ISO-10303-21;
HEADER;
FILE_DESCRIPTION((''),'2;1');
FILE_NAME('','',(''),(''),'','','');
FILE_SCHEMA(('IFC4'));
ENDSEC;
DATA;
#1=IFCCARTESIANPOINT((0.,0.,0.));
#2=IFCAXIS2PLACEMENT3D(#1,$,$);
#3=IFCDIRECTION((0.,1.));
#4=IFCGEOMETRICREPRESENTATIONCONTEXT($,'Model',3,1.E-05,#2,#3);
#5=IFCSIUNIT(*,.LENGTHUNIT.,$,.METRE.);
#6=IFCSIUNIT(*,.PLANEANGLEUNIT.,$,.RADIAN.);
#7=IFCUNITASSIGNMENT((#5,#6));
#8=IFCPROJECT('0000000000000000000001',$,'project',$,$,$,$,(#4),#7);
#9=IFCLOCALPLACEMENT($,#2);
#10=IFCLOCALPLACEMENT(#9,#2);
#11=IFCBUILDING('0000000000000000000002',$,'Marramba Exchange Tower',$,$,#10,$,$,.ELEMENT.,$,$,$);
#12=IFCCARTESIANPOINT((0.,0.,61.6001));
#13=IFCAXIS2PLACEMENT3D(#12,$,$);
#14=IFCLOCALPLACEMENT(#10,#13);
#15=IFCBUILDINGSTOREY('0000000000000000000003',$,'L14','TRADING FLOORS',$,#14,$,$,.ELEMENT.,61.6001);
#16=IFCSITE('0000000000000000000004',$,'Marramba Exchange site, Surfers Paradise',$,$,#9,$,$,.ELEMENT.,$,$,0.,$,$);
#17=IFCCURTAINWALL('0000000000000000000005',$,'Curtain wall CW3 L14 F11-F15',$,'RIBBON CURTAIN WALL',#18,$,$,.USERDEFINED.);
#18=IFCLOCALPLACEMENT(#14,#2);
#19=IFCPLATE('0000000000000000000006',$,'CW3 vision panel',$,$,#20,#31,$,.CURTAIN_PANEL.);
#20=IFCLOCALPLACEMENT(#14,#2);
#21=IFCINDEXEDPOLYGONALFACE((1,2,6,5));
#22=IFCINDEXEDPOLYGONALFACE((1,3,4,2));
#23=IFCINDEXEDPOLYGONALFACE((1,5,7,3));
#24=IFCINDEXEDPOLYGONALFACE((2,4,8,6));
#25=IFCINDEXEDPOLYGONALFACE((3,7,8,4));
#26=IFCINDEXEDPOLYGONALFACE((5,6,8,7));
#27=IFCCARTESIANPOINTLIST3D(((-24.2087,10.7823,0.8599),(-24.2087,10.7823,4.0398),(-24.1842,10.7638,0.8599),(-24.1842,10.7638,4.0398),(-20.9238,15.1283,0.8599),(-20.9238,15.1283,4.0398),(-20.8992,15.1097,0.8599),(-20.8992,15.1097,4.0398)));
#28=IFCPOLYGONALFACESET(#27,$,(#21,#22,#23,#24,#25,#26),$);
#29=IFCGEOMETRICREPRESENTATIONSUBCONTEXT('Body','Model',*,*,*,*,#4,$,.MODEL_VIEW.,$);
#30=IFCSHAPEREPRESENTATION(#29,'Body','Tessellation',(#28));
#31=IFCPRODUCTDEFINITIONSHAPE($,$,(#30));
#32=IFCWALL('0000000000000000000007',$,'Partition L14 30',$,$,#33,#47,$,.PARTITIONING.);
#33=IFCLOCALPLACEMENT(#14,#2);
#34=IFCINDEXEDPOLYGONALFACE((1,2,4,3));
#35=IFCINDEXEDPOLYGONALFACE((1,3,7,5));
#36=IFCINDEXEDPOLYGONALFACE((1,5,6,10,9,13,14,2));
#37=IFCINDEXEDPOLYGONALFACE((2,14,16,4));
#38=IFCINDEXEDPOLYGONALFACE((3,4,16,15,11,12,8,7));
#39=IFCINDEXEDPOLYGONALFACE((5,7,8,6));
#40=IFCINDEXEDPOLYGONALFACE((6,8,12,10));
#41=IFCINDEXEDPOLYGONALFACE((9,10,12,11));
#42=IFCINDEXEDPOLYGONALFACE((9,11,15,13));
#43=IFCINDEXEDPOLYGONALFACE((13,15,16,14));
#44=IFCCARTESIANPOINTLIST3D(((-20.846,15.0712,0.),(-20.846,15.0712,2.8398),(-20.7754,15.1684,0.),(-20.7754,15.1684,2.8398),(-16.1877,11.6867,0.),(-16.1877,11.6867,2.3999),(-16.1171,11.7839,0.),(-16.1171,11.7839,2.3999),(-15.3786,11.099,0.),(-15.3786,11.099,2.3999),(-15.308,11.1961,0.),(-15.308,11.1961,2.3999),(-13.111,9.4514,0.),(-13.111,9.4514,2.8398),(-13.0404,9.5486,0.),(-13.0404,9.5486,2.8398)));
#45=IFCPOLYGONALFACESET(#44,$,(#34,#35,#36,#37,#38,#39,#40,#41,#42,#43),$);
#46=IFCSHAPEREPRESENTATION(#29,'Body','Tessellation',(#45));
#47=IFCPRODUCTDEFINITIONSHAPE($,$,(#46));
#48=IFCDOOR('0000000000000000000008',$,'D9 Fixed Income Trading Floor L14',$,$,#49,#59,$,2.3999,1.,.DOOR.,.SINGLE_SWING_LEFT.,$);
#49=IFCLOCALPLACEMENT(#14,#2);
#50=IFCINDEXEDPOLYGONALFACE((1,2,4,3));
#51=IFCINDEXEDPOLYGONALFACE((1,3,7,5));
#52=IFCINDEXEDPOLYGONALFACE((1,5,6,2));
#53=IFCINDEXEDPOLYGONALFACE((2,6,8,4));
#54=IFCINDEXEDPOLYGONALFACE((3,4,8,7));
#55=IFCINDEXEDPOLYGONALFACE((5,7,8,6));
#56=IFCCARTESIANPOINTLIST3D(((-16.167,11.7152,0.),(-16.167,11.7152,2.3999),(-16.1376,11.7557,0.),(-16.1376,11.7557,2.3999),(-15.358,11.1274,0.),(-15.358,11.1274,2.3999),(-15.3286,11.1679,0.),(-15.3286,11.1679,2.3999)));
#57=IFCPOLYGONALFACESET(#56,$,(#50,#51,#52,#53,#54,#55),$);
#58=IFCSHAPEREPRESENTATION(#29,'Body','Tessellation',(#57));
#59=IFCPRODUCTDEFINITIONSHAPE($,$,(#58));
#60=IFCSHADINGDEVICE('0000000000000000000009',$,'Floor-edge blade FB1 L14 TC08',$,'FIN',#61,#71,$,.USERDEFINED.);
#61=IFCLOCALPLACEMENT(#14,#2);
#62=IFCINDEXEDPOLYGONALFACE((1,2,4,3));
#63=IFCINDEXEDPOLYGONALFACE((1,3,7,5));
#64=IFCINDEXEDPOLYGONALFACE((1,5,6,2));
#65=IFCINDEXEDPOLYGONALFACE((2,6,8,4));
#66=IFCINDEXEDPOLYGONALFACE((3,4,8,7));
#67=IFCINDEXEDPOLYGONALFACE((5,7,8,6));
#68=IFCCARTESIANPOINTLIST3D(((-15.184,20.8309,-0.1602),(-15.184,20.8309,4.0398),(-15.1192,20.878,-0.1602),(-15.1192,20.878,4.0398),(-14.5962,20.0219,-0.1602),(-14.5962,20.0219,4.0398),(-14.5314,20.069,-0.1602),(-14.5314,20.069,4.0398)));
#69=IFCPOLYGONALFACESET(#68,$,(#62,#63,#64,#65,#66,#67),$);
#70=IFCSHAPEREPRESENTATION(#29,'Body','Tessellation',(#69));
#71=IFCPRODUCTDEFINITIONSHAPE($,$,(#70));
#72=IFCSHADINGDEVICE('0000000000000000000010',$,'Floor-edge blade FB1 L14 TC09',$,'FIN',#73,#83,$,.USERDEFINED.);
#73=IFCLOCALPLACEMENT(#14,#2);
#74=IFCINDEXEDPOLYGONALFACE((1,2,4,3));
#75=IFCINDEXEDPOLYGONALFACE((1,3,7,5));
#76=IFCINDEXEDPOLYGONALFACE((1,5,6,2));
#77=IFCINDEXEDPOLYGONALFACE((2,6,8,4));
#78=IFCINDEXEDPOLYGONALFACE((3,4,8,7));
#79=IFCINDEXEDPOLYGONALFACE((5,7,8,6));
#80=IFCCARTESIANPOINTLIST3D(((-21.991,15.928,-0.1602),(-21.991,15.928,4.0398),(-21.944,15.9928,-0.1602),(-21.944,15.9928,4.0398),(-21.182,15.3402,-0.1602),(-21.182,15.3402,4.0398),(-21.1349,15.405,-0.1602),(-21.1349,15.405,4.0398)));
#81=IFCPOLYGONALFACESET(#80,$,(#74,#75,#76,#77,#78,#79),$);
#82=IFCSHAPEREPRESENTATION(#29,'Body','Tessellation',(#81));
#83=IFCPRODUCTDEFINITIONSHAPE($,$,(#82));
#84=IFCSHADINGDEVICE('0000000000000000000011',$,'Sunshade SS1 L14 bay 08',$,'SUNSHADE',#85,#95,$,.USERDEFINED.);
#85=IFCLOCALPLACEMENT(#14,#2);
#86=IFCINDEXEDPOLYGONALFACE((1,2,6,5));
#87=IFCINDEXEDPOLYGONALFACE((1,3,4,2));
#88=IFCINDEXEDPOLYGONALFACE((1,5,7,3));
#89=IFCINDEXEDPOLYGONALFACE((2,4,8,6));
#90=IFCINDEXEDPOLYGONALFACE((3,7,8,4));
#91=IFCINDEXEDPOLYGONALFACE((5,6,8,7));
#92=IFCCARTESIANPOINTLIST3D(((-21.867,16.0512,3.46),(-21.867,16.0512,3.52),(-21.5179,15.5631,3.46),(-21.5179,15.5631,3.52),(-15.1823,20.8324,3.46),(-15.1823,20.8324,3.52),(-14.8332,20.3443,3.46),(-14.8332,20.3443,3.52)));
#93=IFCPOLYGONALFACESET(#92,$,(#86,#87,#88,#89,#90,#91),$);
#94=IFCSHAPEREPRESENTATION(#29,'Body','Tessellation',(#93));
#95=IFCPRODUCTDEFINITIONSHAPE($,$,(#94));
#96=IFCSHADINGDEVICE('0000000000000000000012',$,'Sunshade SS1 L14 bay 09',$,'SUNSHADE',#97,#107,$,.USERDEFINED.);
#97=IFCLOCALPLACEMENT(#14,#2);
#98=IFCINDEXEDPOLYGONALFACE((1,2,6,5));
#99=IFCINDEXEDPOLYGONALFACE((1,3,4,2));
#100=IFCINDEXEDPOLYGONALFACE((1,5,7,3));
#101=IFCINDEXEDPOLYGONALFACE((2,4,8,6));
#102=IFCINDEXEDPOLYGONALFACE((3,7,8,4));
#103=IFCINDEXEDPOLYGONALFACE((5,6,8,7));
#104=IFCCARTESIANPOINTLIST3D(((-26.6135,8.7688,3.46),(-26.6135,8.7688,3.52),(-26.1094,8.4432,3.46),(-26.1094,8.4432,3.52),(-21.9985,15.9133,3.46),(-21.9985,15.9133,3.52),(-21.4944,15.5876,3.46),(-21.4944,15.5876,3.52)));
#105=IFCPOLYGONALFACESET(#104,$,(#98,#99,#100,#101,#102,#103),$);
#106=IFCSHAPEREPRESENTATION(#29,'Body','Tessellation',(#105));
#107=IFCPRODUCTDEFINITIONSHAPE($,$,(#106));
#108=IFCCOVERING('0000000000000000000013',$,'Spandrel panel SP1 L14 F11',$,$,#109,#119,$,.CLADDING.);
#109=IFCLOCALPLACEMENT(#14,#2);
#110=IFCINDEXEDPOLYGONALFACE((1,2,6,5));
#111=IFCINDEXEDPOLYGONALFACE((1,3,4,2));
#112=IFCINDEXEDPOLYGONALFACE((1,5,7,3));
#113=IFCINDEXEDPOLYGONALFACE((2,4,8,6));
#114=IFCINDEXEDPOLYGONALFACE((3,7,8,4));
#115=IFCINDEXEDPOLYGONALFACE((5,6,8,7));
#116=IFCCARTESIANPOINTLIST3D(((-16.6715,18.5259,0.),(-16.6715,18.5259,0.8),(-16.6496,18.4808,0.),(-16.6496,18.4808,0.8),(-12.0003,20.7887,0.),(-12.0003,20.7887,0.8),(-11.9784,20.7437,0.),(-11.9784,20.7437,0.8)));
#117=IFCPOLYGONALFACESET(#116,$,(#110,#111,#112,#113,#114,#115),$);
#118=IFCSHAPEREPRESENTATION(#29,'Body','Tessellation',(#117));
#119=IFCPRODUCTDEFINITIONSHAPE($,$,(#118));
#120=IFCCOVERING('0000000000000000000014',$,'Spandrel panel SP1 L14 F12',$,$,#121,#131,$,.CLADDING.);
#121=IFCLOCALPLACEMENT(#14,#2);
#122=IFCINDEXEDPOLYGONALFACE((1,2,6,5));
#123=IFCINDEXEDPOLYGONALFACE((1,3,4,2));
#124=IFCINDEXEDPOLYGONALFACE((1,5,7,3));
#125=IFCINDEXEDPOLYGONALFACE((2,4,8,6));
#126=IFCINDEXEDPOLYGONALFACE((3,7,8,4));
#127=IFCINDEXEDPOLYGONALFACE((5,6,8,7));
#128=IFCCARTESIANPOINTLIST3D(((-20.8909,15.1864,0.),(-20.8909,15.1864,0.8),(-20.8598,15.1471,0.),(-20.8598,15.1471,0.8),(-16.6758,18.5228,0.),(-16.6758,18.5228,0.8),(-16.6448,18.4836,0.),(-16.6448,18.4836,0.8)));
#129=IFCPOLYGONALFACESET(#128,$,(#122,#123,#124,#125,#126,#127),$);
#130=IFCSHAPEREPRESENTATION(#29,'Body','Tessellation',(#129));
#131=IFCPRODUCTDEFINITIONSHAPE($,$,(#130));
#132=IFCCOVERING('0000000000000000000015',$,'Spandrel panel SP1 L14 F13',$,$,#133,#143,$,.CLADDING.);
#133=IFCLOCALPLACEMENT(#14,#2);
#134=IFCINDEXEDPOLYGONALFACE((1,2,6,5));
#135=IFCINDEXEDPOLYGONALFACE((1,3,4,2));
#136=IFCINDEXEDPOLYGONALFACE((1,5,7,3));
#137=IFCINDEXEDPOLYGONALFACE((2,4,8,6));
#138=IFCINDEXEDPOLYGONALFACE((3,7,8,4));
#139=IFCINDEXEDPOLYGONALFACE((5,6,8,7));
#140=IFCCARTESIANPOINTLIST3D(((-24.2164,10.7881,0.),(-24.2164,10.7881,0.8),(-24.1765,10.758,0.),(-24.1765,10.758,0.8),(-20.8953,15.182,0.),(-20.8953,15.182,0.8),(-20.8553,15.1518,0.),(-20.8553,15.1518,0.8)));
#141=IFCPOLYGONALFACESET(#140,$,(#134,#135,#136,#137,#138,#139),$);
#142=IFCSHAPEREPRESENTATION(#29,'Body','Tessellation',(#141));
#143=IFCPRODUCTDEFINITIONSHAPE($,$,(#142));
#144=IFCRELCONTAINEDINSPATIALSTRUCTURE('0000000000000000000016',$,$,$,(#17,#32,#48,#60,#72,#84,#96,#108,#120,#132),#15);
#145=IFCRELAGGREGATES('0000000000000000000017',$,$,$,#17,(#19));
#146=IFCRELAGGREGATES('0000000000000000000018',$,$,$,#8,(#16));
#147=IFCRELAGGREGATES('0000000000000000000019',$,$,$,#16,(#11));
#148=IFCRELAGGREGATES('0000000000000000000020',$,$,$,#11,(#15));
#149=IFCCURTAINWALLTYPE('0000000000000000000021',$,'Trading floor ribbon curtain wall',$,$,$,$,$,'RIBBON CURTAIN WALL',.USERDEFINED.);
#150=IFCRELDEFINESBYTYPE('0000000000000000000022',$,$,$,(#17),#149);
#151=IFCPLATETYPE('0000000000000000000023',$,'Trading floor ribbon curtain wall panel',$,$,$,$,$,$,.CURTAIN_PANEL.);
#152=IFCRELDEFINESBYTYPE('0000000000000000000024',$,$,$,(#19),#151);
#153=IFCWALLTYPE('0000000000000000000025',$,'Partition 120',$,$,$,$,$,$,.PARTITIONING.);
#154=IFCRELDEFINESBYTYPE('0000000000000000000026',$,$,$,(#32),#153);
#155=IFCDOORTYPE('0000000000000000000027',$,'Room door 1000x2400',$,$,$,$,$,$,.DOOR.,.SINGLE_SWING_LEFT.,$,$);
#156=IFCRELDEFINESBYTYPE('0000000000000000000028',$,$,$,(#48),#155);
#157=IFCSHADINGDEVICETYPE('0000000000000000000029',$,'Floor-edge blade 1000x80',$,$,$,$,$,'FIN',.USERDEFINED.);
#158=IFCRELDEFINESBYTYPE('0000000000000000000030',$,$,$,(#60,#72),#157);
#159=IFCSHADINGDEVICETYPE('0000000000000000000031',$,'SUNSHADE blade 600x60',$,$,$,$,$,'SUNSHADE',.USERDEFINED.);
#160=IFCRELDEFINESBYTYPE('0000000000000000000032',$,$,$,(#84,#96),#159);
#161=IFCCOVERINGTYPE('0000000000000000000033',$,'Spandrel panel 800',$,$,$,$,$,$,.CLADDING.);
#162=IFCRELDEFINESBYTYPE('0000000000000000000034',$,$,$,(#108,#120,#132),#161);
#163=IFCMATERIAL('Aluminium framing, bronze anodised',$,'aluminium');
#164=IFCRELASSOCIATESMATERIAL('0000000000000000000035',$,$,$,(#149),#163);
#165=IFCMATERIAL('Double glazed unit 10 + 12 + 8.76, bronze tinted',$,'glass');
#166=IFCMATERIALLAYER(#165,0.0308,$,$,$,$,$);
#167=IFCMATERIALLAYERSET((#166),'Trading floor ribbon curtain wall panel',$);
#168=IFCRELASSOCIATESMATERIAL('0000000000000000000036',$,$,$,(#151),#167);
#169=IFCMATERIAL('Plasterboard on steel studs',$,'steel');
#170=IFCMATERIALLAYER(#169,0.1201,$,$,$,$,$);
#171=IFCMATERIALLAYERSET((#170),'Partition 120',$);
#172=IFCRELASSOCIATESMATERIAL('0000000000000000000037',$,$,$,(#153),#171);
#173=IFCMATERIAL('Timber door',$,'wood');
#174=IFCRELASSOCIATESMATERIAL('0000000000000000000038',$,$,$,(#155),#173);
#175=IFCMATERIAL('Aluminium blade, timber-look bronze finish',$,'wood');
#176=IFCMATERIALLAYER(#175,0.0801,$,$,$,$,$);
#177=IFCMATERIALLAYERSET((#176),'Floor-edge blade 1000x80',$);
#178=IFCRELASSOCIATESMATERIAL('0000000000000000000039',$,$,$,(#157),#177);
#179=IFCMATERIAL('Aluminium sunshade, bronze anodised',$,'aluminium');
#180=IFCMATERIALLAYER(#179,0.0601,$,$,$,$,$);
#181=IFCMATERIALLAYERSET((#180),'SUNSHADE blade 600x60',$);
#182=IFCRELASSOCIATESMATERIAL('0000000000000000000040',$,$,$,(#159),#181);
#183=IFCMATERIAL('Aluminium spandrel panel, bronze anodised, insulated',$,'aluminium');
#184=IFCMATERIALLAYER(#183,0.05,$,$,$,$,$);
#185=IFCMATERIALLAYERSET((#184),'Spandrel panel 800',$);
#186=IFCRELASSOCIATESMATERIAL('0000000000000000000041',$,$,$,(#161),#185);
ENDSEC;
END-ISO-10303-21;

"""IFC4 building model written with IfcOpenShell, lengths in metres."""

from ifc_helpers import new_model, si_unit, direction, frame, frame_2d, origin, origin_2d, place, context, subcontext, project, spatial, rectangle, extrude, material, layer, layer_set, type_object, element, fill, aggregate, save


model = new_model("IFC4")

# Units and contexts
model_context = context("Model", 3, precision=1e-05, world=origin(), true_north=direction((0.0, 1.0)))
body_context = subcontext(model_context, "Body", "Model", "MODEL_VIEW")
ifc_project = project(units=[si_unit("LENGTHUNIT", "METRE"), si_unit("PLANEANGLEUNIT", "RADIAN")], contexts=[model_context])

# Site, building, storey
site_placement = place(None, origin())
site = spatial("IfcSite", under=ifc_project, at=site_placement, Name="Marramba Exchange site, Surfers Paradise", CompositionType="ELEMENT", RefElevation=0.0)
building_placement = place(site_placement, origin())
building = spatial("IfcBuilding", under=site, at=building_placement, Name="Marramba Exchange Tower", CompositionType="ELEMENT")
storey_placement = place(building_placement, frame((0.0, 0.0, 61.6001)))
storey = spatial("IfcBuildingStorey", under=building, at=storey_placement, Name="L14", Description="TRADING FLOORS", CompositionType="ELEMENT", Elevation=61.6001)

# Curtain wall, plate
ifc_material_1 = material(Name="Aluminium framing, bronze anodised", Category="aluminium")
curtain_wall_type = type_object("IfcCurtainWallType", Name="Trading floor ribbon curtain wall", ElementType="RIBBON CURTAIN WALL", PredefinedType="USERDEFINED", material=ifc_material_1)
curtain_wall_placement = place(storey_placement, origin())
curtain_wall = element("IfcCurtainWall", 1, at=curtain_wall_placement, inside=storey, type_object=curtain_wall_type, Name="Curtain wall CW3 L14 F11-F15", ObjectType="RIBBON CURTAIN WALL", PredefinedType="USERDEFINED")
ifc_material_2 = material(Name="Double glazed unit 10 + 12 + 8.76, bronze tinted", Category="glass")
ifc_layer_1 = layer(ifc_material_2, 0.0308)
ifc_layer_set_1 = layer_set([ifc_layer_1], Name="Trading floor ribbon curtain wall panel")
plate_type = type_object("IfcPlateType", Name="Trading floor ribbon curtain wall panel", PredefinedType="CURTAIN_PANEL", material=ifc_layer_set_1)
plate_1_placement = place(storey_placement, frame((-22.554, 12.946, 0.8599), z_axis=(0.0, 0.0, 1.0), x_axis=(-0.60299, -0.797749, 0.0)))
plate_1 = element("IfcPlate", 2, at=plate_1_placement, type_object=plate_type, Name="CW3 vision panel", PredefinedType="CURTAIN_PANEL", context=body_context, shape_type="SweptSolid", body=[
    extrude(rectangle(XDim=5.4478, YDim=0.0308, at=origin_2d()), origin(), (0.0, 0.0, 1.0), 3.1799),
])
aggregate(curtain_wall, [plate_1])

# Wall, opening, door
ifc_material_3 = material(Name="Plasterboard on steel studs", Category="steel")
ifc_layer_2 = layer(ifc_material_3, 0.1201)
ifc_layer_set_2 = layer_set([ifc_layer_2], Name="Partition 120")
wall_type = type_object("IfcWallType", Name="Partition 120", PredefinedType="PARTITIONING", material=ifc_layer_set_2)
wall_placement = place(storey_placement, frame((-13.0757, 9.5, 0.0), z_axis=(0.0, 0.0, 1.0), x_axis=(-0.809018, 0.587784, 0.0)))
wall = element("IfcWall", 3, at=wall_placement, inside=storey, type_object=wall_type, Name="Partition L14 30", PredefinedType="PARTITIONING", context=body_context, shape_type="SweptSolid", body=[
    extrude(rectangle(XDim=9.561, YDim=0.1201, at=frame_2d((4.7805, 0.0))), origin(), (0.0, 0.0, 1.0), 2.8398),
])
opening_placement = place(wall_placement, frame((2.803, 0.0, 0.0)))
opening = element("IfcOpeningElement", 4, at=opening_placement, cuts=wall, PredefinedType="OPENING", context=body_context, shape_type="SweptSolid", body=[
    extrude(rectangle(XDim=1.0, YDim=2.3999, at=frame_2d((0.5, 1.2))), frame((0.0, 0.0701, 0.0), z_axis=(0.0, -1.0, 0.0), x_axis=(1.0, 0.0, 0.0)), (0.0, 0.0, 1.0), 0.1401),
])
ifc_material_4 = material(Name="Timber door", Category="wood")
door_type = type_object("IfcDoorType", Name="Room door 1000x2400", OperationType="SINGLE_SWING_LEFT", PredefinedType="DOOR", material=ifc_material_4)
door_placement = place(opening_placement, origin())
door = element("IfcDoor", 5, at=door_placement, inside=storey, type_object=door_type, Name="D9 Fixed Income Trading Floor L14", OperationType="SINGLE_SWING_LEFT", OverallHeight=2.3999, OverallWidth=1.0, PredefinedType="DOOR", context=body_context, shape_type="SweptSolid", body=[
    extrude(rectangle(XDim=1.0, YDim=2.3999, at=frame_2d((0.5, 1.2))), frame((0.0, 0.0249, 0.0), z_axis=(0.0, -1.0, 0.0), x_axis=(1.0, 0.0, 0.0)), (0.0, 0.0, 1.0), 0.05),
])
fill(opening, door)

# Shading devices
ifc_material_5 = material(Name="Aluminium blade, timber-look bronze finish", Category="wood")
ifc_layer_3 = layer(ifc_material_5, 0.0801)
ifc_layer_set_3 = layer_set([ifc_layer_3], Name="Floor-edge blade 1000x80")
shading_device_type_1 = type_object("IfcShadingDeviceType", Name="Floor-edge blade 1000x80", ElementType="FIN", PredefinedType="USERDEFINED", material=ifc_layer_set_3)
for number, where, z_axis, x_axis, name in (
    (6, (-14.8577, 20.45, -0.1602), (0.0, 0.0, 1.0), (-0.587785, 0.809017, 0.0), "Floor-edge blade FB1 L14 TC08"),
    (7, (-21.563, 15.6665, -0.1602), (0.0, 0.0, 1.0), (-0.809017, 0.587785, 0.0), "Floor-edge blade FB1 L14 TC09"),
):
    element("IfcShadingDevice", number, at=place(storey_placement, frame(where, z_axis=z_axis, x_axis=x_axis)), inside=storey, type_object=shading_device_type_1, Name=name, ObjectType="FIN", PredefinedType="USERDEFINED", context=body_context, shape_type="SweptSolid", body=[
        extrude(rectangle(XDim=1.0, YDim=0.0801, at=origin_2d()), origin(), (0.0, 0.0, 1.0), 4.2),
    ])
ifc_material_6 = material(Name="Aluminium sunshade, bronze anodised", Category="aluminium")
ifc_layer_4 = layer(ifc_material_6, 0.0601)
ifc_layer_set_4 = layer_set([ifc_layer_4], Name="SUNSHADE blade 600x60")
shading_device_type_2 = type_object("IfcShadingDeviceType", Name="SUNSHADE blade 600x60", ElementType="SUNSHADE", PredefinedType="USERDEFINED", material=ifc_layer_set_4)
shading_device_1_placement = place(storey_placement, frame((-18.3501, 18.1978, 3.46), z_axis=(0.0, 0.0, 1.0), x_axis=(-0.813363, -0.581757, 0.0)))
element("IfcShadingDevice", 8, at=shading_device_1_placement, inside=storey, type_object=shading_device_type_2, Name="Sunshade SS1 L14 bay 08", ObjectType="SUNSHADE", PredefinedType="USERDEFINED", context=body_context, shape_type="SweptSolid", body=[
    extrude(rectangle(XDim=8.2185, YDim=0.6001, at=origin_2d()), origin(), (0.0, 0.0, 1.0), 0.0601),
])
shading_device_2_placement = place(storey_placement, frame((-24.054, 12.1782, 3.46), z_axis=(0.0, 0.0, 1.0), x_axis=(-0.542597, -0.839993, 0.0)))
element("IfcShadingDevice", 9, at=shading_device_2_placement, inside=storey, type_object=shading_device_type_2, Name="Sunshade SS1 L14 bay 09", ObjectType="SUNSHADE", PredefinedType="USERDEFINED", context=body_context, shape_type="SweptSolid", body=[
    extrude(rectangle(XDim=8.5054, YDim=0.6001, at=origin_2d()), origin(), (0.0, 0.0, 1.0), 0.0601),
])

# Coverings
ifc_material_7 = material(Name="Aluminium spandrel panel, bronze anodised, insulated", Category="aluminium")
ifc_layer_5 = layer(ifc_material_7, 0.05)
ifc_layer_set_5 = layer_set([ifc_layer_5], Name="Spandrel panel 800")
covering_type = type_object("IfcCoveringType", Name="Spandrel panel 800", PredefinedType="CLADDING", material=ifc_layer_set_5)
covering_1_placement = place(storey_placement, frame((-14.325, 19.6348, 0.0), z_axis=(0.0, 0.0, 1.0), x_axis=(-0.899963, -0.435965, 0.0)))
element("IfcCovering", 10, at=covering_1_placement, inside=storey, type_object=covering_type, Name="Spandrel panel SP1 L14 F11", PredefinedType="CLADDING", context=body_context, shape_type="SweptSolid", body=[
    extrude(rectangle(XDim=5.1904, YDim=0.05, at=origin_2d()), origin(), (0.0, 0.0, 1.0), 0.8),
])
covering_2_placement = place(storey_placement, frame((-18.7678, 16.835, 0.0), z_axis=(0.0, 0.0, 1.0), x_axis=(-0.784088, -0.62065, 0.0)))
element("IfcCovering", 11, at=covering_2_placement, inside=storey, type_object=covering_type, Name="Spandrel panel SP1 L14 F12", PredefinedType="CLADDING", context=body_context, shape_type="SweptSolid", body=[
    extrude(rectangle(XDim=5.3757, YDim=0.05, at=origin_2d()), origin(), (0.0, 0.0, 1.0), 0.8),
])
covering_3_placement = place(storey_placement, frame((-22.5359, 12.97, 0.0), z_axis=(0.0, 0.0, 1.0), x_axis=(-0.60299, -0.797749, 0.0)))
element("IfcCovering", 12, at=covering_3_placement, inside=storey, type_object=covering_type, Name="Spandrel panel SP1 L14 F13", PredefinedType="CLADDING", context=body_context, shape_type="SweptSolid", body=[
    extrude(rectangle(XDim=5.5078, YDim=0.05, at=origin_2d()), origin(), (0.0, 0.0, 1.0), 0.8),
])

save(model, "model.ifc")
